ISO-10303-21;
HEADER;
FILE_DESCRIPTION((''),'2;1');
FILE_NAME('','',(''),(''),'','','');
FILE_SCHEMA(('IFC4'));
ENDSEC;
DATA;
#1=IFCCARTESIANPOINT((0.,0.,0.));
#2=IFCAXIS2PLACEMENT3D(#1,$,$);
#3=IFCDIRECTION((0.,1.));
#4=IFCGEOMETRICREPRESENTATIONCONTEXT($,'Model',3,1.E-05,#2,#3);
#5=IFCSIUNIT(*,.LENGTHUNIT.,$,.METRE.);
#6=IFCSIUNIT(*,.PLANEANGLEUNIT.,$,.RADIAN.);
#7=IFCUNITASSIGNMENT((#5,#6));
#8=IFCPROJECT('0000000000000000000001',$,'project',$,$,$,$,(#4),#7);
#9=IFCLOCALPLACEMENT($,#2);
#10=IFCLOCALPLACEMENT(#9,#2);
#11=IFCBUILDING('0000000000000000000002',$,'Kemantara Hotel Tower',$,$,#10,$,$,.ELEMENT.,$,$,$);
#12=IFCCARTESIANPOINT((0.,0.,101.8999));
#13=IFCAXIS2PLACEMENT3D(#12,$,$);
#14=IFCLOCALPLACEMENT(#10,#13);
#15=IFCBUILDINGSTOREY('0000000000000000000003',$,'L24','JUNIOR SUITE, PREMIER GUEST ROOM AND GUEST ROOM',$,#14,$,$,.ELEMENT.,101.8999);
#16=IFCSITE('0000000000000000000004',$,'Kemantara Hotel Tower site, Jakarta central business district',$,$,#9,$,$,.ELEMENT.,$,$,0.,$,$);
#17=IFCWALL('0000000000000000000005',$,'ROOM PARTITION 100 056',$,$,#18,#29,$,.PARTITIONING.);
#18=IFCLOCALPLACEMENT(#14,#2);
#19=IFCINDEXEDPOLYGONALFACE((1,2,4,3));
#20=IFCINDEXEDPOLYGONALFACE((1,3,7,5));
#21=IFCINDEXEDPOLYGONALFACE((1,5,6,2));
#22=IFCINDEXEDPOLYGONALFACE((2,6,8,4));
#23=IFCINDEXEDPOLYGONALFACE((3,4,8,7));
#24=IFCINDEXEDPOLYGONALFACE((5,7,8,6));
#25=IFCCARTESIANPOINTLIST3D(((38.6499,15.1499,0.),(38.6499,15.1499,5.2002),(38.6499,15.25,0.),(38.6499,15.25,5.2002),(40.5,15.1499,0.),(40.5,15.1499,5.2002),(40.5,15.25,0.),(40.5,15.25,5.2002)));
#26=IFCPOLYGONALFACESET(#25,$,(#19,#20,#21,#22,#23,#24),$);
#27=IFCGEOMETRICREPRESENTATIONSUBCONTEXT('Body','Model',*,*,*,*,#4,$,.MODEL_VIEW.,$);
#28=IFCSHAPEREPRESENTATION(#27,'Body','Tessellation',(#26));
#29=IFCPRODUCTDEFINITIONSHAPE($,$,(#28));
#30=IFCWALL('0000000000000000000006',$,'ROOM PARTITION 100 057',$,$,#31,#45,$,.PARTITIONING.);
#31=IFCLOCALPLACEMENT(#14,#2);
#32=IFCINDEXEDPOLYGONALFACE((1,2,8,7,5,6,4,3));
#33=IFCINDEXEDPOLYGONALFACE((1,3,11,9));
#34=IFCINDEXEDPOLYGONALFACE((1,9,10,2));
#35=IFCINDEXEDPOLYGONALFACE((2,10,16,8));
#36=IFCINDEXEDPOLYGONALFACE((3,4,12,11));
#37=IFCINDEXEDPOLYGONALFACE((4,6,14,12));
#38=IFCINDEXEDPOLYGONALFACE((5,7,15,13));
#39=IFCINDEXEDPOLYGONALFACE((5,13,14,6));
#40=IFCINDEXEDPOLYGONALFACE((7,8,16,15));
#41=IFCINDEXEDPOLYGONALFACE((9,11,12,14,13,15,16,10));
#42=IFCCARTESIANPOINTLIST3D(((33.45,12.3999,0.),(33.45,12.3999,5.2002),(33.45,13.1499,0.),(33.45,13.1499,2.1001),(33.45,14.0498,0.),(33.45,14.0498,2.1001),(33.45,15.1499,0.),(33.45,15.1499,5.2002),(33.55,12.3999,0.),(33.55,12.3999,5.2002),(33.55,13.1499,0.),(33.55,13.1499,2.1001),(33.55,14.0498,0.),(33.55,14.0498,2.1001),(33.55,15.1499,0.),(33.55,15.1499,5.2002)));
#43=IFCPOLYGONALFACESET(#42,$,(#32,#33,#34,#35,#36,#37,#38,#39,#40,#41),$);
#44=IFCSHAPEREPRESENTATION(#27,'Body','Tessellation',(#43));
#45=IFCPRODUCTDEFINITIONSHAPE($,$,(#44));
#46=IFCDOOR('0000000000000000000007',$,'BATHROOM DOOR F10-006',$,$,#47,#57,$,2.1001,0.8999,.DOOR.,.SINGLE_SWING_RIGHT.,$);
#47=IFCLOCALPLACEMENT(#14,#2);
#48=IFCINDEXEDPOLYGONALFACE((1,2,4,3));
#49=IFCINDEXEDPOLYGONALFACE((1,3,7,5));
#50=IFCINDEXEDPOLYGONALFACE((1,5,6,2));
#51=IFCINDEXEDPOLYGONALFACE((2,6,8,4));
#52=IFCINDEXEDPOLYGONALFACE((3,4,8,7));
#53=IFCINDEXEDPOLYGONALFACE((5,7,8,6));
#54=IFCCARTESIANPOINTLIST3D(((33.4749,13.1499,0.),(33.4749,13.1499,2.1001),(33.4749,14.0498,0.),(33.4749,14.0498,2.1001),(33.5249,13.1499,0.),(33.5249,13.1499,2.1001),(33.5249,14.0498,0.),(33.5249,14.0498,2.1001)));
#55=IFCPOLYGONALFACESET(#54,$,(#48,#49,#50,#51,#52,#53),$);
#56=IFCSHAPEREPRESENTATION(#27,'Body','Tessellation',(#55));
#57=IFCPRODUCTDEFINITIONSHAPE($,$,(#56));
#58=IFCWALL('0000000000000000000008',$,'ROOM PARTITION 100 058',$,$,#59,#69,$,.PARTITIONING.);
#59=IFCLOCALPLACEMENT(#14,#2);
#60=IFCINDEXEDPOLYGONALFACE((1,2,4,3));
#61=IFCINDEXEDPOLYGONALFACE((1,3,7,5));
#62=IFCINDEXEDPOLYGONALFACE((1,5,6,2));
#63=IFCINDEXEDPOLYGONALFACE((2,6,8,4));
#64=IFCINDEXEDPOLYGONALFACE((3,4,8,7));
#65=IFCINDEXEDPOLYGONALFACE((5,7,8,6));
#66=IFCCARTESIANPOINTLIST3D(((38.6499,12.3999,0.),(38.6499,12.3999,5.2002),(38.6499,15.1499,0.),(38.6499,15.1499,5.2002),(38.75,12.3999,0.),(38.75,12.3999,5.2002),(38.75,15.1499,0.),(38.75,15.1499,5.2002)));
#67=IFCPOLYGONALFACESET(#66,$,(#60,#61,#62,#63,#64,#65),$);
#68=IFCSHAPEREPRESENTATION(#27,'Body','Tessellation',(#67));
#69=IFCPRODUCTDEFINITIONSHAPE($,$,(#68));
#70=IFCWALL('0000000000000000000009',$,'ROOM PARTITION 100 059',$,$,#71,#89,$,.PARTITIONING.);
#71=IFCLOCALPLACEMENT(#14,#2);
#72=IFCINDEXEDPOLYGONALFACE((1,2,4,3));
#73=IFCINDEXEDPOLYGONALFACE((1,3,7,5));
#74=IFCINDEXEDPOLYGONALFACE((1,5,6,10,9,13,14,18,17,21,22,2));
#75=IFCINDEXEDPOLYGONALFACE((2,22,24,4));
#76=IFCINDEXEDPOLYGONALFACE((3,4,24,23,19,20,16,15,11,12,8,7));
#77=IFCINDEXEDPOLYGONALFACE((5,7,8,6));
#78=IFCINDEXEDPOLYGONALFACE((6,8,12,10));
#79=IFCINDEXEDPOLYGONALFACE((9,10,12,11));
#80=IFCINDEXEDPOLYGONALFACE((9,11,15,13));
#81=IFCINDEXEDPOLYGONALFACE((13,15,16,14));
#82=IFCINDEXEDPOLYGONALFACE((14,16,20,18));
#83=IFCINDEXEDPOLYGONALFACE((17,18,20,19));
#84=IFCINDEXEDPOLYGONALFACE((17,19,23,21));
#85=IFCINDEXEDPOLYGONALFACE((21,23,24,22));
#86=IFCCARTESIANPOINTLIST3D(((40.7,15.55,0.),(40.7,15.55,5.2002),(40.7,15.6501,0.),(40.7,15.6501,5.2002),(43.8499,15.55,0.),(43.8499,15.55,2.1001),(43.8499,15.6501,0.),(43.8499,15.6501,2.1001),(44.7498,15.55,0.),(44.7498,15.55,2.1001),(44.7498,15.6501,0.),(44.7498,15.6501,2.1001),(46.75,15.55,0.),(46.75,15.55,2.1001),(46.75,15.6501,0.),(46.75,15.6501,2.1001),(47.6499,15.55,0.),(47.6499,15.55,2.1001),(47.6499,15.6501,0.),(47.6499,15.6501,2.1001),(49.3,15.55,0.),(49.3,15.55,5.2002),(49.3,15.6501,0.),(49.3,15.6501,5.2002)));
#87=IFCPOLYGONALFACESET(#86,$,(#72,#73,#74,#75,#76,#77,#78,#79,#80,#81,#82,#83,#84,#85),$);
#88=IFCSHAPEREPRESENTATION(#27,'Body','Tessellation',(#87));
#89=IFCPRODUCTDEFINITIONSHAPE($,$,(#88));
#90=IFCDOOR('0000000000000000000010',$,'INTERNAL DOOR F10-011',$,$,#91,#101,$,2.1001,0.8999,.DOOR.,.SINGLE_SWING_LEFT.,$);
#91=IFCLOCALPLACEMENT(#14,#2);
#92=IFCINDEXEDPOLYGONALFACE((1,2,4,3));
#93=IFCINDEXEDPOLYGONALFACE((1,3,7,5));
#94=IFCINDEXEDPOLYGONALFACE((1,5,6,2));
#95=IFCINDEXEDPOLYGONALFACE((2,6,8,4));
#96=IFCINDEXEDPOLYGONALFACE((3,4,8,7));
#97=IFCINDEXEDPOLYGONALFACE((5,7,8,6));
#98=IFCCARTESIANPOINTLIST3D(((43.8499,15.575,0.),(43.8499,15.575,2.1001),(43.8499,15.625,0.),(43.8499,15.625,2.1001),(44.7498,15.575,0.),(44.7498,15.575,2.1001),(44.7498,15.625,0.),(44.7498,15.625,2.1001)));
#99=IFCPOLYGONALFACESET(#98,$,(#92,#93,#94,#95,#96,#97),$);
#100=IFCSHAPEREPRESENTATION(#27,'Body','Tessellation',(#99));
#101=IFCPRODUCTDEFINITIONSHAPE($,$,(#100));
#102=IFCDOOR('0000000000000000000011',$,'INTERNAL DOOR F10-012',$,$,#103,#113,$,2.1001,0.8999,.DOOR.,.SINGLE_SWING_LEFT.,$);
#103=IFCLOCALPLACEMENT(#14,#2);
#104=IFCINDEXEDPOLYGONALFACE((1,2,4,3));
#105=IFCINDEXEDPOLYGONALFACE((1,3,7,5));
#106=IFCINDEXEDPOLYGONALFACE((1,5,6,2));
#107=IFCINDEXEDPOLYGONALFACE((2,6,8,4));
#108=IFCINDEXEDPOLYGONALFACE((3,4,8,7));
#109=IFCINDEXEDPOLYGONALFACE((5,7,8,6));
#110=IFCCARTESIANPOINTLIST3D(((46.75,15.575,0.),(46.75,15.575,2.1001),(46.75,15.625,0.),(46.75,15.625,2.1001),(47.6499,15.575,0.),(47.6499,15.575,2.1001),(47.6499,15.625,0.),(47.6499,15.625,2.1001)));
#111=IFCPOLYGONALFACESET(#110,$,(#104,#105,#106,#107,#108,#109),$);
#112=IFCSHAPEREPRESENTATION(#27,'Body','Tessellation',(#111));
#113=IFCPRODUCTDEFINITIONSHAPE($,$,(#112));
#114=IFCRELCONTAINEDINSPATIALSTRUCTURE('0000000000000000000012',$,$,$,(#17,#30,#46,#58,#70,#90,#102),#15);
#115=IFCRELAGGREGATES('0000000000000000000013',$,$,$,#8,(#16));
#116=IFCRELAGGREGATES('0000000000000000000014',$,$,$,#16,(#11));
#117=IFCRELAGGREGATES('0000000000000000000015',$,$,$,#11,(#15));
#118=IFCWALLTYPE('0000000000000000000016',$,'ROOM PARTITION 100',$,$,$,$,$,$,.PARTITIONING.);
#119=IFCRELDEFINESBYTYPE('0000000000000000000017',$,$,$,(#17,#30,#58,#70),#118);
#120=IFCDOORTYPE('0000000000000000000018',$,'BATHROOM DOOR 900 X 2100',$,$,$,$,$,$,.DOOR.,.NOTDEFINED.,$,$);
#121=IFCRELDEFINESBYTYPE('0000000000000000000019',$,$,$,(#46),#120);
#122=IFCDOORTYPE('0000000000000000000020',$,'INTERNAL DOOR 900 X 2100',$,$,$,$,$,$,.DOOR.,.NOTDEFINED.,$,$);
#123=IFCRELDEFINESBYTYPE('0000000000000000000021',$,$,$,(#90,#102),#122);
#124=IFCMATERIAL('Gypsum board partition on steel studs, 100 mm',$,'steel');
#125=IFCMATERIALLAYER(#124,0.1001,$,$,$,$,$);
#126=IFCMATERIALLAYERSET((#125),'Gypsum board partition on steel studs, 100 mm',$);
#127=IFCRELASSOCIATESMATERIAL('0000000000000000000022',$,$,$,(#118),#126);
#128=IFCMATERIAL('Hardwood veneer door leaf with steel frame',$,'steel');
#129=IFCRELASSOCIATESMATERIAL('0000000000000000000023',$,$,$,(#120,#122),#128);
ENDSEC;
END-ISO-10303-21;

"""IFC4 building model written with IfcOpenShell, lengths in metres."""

from ifc_helpers import new_model, si_unit, direction, frame, frame_2d, origin, place, context, subcontext, project, spatial, rectangle, extrude, material, layer, layer_set, type_object, element, fill, save


model = new_model("IFC4")

# Units and contexts
model_context = context("Model", 3, precision=1e-05, world=origin(), true_north=direction((0.0, 1.0)))
body_context = subcontext(model_context, "Body", "Model", "MODEL_VIEW")
ifc_project = project(units=[si_unit("LENGTHUNIT", "METRE"), si_unit("PLANEANGLEUNIT", "RADIAN")], contexts=[model_context])

# Site, building, storey
site_placement = place(None, origin())
site = spatial("IfcSite", under=ifc_project, at=site_placement, Name="Kemantara Hotel Tower site, Jakarta central business district", CompositionType="ELEMENT", RefElevation=0.0)
building_placement = place(site_placement, origin())
building = spatial("IfcBuilding", under=site, at=building_placement, Name="Kemantara Hotel Tower", CompositionType="ELEMENT")
storey_placement = place(building_placement, frame((0.0, 0.0, 101.8999)))
storey = spatial("IfcBuildingStorey", under=building, at=storey_placement, Name="L24", Description="JUNIOR SUITE, PREMIER GUEST ROOM AND GUEST ROOM", CompositionType="ELEMENT", Elevation=101.8999)

# Wall
ifc_material_1 = material(Name="Gypsum board partition on steel studs, 100 mm", Category="steel")
ifc_layer_1 = layer(ifc_material_1, 0.1001)
ifc_layer_set_1 = layer_set([ifc_layer_1], Name="Gypsum board partition on steel studs, 100 mm")
wall_type_1 = type_object("IfcWallType", Name="ROOM PARTITION 100", PredefinedType="PARTITIONING", material=ifc_layer_set_1)
wall_1_placement = place(storey_placement, frame((38.6499, 15.2, 0.0), z_axis=(0.0, 0.0, 1.0), x_axis=(1.0, 0.0, 0.0)))
element("IfcWall", 1, at=wall_1_placement, inside=storey, type_object=wall_type_1, Name="ROOM PARTITION 100 056", PredefinedType="PARTITIONING", context=body_context, shape_type="SweptSolid", body=[
    extrude(rectangle(XDim=1.8501, YDim=0.1001, at=frame_2d((0.925, 0.0))), origin(), (0.0, 0.0, 1.0), 5.2002),
])

# Wall, opening, door
wall_2_placement = place(storey_placement, frame((33.5, 15.1499, 0.0), z_axis=(0.0, 0.0, 1.0), x_axis=(0.0, -1.0, 0.0)))
wall_2 = element("IfcWall", 2, at=wall_2_placement, inside=storey, type_object=wall_type_1, Name="ROOM PARTITION 100 057", PredefinedType="PARTITIONING", context=body_context, shape_type="SweptSolid", body=[
    extrude(rectangle(XDim=2.75, YDim=0.1001, at=frame_2d((1.375, 0.0))), origin(), (0.0, 0.0, 1.0), 5.2002),
])
opening_1_placement = place(wall_2_placement, frame((1.1001, 0.0, 0.0)))
opening_1 = element("IfcOpeningElement", 3, at=opening_1_placement, cuts=wall_2, PredefinedType="OPENING", context=body_context, shape_type="SweptSolid", body=[
    extrude(rectangle(XDim=0.8999, YDim=2.1001, at=frame_2d((0.45, 1.05))), frame((0.0, 0.0601, 0.0), z_axis=(0.0, -1.0, 0.0), x_axis=(1.0, 0.0, 0.0)), (0.0, 0.0, 1.0), 0.1201),
])
ifc_material_2 = material(Name="Hardwood veneer door leaf with steel frame", Category="steel")
door_type_1 = type_object("IfcDoorType", Name="BATHROOM DOOR 900 X 2100", OperationType="NOTDEFINED", PredefinedType="DOOR", material=ifc_material_2)
door_1_placement = place(opening_1_placement, origin())
door_1 = element("IfcDoor", 4, at=door_1_placement, inside=storey, type_object=door_type_1, Name="BATHROOM DOOR F10-006", OperationType="SINGLE_SWING_RIGHT", OverallHeight=2.1001, OverallWidth=0.8999, PredefinedType="DOOR", context=body_context, shape_type="SweptSolid", body=[
    extrude(rectangle(XDim=0.8999, YDim=2.1001, at=frame_2d((0.45, 1.05))), frame((0.0, 0.0249, 0.0), z_axis=(0.0, -1.0, 0.0), x_axis=(1.0, 0.0, 0.0)), (0.0, 0.0, 1.0), 0.05),
])
fill(opening_1, door_1)

# Wall
wall_3_placement = place(storey_placement, frame((38.7, 12.3999, 0.0), z_axis=(0.0, 0.0, 1.0), x_axis=(0.0, 1.0, 0.0)))
element("IfcWall", 5, at=wall_3_placement, inside=storey, type_object=wall_type_1, Name="ROOM PARTITION 100 058", PredefinedType="PARTITIONING", context=body_context, shape_type="SweptSolid", body=[
    extrude(rectangle(XDim=2.75, YDim=0.1001, at=frame_2d((1.375, 0.0))), origin(), (0.0, 0.0, 1.0), 5.2002),
])

# Wall, openings, doors
wall_4_placement = place(storey_placement, frame((40.7, 15.6001, 0.0), z_axis=(0.0, 0.0, 1.0), x_axis=(1.0, 0.0, 0.0)))
wall_4 = element("IfcWall", 6, at=wall_4_placement, inside=storey, type_object=wall_type_1, Name="ROOM PARTITION 100 059", PredefinedType="PARTITIONING", context=body_context, shape_type="SweptSolid", body=[
    extrude(rectangle(XDim=8.6001, YDim=0.1001, at=frame_2d((4.3, 0.0))), origin(), (0.0, 0.0, 1.0), 5.2002),
])
opening_2_placement = place(wall_4_placement, frame((3.1499, 0.0, 0.0)))
opening_2 = element("IfcOpeningElement", 7, at=opening_2_placement, cuts=wall_4, PredefinedType="OPENING", context=body_context, shape_type="SweptSolid", body=[
    extrude(rectangle(XDim=0.8999, YDim=2.1001, at=frame_2d((0.45, 1.05))), frame((0.0, 0.0601, 0.0), z_axis=(0.0, -1.0, 0.0), x_axis=(1.0, 0.0, 0.0)), (0.0, 0.0, 1.0), 0.1201),
])
opening_3_placement = place(wall_4_placement, frame((6.05, 0.0, 0.0)))
opening_3 = element("IfcOpeningElement", 8, at=opening_3_placement, cuts=wall_4, PredefinedType="OPENING", context=body_context, shape_type="SweptSolid", body=[
    extrude(rectangle(XDim=0.8999, YDim=2.1001, at=frame_2d((0.45, 1.05))), frame((0.0, 0.0601, 0.0), z_axis=(0.0, -1.0, 0.0), x_axis=(1.0, 0.0, 0.0)), (0.0, 0.0, 1.0), 0.1201),
])
door_type_2 = type_object("IfcDoorType", Name="INTERNAL DOOR 900 X 2100", OperationType="NOTDEFINED", PredefinedType="DOOR", material=ifc_material_2)
door_2_placement = place(opening_2_placement, origin())
door_2 = element("IfcDoor", 9, at=door_2_placement, inside=storey, type_object=door_type_2, Name="INTERNAL DOOR F10-011", OperationType="SINGLE_SWING_LEFT", OverallHeight=2.1001, OverallWidth=0.8999, PredefinedType="DOOR", context=body_context, shape_type="SweptSolid", body=[
    extrude(rectangle(XDim=0.8999, YDim=2.1001, at=frame_2d((0.45, 1.05))), frame((0.0, 0.0249, 0.0), z_axis=(0.0, -1.0, 0.0), x_axis=(1.0, 0.0, 0.0)), (0.0, 0.0, 1.0), 0.05),
])
fill(opening_2, door_2)
door_3_placement = place(opening_3_placement, origin())
door_3 = element("IfcDoor", 10, at=door_3_placement, inside=storey, type_object=door_type_2, Name="INTERNAL DOOR F10-012", OperationType="SINGLE_SWING_LEFT", OverallHeight=2.1001, OverallWidth=0.8999, PredefinedType="DOOR", context=body_context, shape_type="SweptSolid", body=[
    extrude(rectangle(XDim=0.8999, YDim=2.1001, at=frame_2d((0.45, 1.05))), frame((0.0, 0.0249, 0.0), z_axis=(0.0, -1.0, 0.0), x_axis=(1.0, 0.0, 0.0)), (0.0, 0.0, 1.0), 0.05),
])
fill(opening_3, door_3)

save(model, "model.ifc")
